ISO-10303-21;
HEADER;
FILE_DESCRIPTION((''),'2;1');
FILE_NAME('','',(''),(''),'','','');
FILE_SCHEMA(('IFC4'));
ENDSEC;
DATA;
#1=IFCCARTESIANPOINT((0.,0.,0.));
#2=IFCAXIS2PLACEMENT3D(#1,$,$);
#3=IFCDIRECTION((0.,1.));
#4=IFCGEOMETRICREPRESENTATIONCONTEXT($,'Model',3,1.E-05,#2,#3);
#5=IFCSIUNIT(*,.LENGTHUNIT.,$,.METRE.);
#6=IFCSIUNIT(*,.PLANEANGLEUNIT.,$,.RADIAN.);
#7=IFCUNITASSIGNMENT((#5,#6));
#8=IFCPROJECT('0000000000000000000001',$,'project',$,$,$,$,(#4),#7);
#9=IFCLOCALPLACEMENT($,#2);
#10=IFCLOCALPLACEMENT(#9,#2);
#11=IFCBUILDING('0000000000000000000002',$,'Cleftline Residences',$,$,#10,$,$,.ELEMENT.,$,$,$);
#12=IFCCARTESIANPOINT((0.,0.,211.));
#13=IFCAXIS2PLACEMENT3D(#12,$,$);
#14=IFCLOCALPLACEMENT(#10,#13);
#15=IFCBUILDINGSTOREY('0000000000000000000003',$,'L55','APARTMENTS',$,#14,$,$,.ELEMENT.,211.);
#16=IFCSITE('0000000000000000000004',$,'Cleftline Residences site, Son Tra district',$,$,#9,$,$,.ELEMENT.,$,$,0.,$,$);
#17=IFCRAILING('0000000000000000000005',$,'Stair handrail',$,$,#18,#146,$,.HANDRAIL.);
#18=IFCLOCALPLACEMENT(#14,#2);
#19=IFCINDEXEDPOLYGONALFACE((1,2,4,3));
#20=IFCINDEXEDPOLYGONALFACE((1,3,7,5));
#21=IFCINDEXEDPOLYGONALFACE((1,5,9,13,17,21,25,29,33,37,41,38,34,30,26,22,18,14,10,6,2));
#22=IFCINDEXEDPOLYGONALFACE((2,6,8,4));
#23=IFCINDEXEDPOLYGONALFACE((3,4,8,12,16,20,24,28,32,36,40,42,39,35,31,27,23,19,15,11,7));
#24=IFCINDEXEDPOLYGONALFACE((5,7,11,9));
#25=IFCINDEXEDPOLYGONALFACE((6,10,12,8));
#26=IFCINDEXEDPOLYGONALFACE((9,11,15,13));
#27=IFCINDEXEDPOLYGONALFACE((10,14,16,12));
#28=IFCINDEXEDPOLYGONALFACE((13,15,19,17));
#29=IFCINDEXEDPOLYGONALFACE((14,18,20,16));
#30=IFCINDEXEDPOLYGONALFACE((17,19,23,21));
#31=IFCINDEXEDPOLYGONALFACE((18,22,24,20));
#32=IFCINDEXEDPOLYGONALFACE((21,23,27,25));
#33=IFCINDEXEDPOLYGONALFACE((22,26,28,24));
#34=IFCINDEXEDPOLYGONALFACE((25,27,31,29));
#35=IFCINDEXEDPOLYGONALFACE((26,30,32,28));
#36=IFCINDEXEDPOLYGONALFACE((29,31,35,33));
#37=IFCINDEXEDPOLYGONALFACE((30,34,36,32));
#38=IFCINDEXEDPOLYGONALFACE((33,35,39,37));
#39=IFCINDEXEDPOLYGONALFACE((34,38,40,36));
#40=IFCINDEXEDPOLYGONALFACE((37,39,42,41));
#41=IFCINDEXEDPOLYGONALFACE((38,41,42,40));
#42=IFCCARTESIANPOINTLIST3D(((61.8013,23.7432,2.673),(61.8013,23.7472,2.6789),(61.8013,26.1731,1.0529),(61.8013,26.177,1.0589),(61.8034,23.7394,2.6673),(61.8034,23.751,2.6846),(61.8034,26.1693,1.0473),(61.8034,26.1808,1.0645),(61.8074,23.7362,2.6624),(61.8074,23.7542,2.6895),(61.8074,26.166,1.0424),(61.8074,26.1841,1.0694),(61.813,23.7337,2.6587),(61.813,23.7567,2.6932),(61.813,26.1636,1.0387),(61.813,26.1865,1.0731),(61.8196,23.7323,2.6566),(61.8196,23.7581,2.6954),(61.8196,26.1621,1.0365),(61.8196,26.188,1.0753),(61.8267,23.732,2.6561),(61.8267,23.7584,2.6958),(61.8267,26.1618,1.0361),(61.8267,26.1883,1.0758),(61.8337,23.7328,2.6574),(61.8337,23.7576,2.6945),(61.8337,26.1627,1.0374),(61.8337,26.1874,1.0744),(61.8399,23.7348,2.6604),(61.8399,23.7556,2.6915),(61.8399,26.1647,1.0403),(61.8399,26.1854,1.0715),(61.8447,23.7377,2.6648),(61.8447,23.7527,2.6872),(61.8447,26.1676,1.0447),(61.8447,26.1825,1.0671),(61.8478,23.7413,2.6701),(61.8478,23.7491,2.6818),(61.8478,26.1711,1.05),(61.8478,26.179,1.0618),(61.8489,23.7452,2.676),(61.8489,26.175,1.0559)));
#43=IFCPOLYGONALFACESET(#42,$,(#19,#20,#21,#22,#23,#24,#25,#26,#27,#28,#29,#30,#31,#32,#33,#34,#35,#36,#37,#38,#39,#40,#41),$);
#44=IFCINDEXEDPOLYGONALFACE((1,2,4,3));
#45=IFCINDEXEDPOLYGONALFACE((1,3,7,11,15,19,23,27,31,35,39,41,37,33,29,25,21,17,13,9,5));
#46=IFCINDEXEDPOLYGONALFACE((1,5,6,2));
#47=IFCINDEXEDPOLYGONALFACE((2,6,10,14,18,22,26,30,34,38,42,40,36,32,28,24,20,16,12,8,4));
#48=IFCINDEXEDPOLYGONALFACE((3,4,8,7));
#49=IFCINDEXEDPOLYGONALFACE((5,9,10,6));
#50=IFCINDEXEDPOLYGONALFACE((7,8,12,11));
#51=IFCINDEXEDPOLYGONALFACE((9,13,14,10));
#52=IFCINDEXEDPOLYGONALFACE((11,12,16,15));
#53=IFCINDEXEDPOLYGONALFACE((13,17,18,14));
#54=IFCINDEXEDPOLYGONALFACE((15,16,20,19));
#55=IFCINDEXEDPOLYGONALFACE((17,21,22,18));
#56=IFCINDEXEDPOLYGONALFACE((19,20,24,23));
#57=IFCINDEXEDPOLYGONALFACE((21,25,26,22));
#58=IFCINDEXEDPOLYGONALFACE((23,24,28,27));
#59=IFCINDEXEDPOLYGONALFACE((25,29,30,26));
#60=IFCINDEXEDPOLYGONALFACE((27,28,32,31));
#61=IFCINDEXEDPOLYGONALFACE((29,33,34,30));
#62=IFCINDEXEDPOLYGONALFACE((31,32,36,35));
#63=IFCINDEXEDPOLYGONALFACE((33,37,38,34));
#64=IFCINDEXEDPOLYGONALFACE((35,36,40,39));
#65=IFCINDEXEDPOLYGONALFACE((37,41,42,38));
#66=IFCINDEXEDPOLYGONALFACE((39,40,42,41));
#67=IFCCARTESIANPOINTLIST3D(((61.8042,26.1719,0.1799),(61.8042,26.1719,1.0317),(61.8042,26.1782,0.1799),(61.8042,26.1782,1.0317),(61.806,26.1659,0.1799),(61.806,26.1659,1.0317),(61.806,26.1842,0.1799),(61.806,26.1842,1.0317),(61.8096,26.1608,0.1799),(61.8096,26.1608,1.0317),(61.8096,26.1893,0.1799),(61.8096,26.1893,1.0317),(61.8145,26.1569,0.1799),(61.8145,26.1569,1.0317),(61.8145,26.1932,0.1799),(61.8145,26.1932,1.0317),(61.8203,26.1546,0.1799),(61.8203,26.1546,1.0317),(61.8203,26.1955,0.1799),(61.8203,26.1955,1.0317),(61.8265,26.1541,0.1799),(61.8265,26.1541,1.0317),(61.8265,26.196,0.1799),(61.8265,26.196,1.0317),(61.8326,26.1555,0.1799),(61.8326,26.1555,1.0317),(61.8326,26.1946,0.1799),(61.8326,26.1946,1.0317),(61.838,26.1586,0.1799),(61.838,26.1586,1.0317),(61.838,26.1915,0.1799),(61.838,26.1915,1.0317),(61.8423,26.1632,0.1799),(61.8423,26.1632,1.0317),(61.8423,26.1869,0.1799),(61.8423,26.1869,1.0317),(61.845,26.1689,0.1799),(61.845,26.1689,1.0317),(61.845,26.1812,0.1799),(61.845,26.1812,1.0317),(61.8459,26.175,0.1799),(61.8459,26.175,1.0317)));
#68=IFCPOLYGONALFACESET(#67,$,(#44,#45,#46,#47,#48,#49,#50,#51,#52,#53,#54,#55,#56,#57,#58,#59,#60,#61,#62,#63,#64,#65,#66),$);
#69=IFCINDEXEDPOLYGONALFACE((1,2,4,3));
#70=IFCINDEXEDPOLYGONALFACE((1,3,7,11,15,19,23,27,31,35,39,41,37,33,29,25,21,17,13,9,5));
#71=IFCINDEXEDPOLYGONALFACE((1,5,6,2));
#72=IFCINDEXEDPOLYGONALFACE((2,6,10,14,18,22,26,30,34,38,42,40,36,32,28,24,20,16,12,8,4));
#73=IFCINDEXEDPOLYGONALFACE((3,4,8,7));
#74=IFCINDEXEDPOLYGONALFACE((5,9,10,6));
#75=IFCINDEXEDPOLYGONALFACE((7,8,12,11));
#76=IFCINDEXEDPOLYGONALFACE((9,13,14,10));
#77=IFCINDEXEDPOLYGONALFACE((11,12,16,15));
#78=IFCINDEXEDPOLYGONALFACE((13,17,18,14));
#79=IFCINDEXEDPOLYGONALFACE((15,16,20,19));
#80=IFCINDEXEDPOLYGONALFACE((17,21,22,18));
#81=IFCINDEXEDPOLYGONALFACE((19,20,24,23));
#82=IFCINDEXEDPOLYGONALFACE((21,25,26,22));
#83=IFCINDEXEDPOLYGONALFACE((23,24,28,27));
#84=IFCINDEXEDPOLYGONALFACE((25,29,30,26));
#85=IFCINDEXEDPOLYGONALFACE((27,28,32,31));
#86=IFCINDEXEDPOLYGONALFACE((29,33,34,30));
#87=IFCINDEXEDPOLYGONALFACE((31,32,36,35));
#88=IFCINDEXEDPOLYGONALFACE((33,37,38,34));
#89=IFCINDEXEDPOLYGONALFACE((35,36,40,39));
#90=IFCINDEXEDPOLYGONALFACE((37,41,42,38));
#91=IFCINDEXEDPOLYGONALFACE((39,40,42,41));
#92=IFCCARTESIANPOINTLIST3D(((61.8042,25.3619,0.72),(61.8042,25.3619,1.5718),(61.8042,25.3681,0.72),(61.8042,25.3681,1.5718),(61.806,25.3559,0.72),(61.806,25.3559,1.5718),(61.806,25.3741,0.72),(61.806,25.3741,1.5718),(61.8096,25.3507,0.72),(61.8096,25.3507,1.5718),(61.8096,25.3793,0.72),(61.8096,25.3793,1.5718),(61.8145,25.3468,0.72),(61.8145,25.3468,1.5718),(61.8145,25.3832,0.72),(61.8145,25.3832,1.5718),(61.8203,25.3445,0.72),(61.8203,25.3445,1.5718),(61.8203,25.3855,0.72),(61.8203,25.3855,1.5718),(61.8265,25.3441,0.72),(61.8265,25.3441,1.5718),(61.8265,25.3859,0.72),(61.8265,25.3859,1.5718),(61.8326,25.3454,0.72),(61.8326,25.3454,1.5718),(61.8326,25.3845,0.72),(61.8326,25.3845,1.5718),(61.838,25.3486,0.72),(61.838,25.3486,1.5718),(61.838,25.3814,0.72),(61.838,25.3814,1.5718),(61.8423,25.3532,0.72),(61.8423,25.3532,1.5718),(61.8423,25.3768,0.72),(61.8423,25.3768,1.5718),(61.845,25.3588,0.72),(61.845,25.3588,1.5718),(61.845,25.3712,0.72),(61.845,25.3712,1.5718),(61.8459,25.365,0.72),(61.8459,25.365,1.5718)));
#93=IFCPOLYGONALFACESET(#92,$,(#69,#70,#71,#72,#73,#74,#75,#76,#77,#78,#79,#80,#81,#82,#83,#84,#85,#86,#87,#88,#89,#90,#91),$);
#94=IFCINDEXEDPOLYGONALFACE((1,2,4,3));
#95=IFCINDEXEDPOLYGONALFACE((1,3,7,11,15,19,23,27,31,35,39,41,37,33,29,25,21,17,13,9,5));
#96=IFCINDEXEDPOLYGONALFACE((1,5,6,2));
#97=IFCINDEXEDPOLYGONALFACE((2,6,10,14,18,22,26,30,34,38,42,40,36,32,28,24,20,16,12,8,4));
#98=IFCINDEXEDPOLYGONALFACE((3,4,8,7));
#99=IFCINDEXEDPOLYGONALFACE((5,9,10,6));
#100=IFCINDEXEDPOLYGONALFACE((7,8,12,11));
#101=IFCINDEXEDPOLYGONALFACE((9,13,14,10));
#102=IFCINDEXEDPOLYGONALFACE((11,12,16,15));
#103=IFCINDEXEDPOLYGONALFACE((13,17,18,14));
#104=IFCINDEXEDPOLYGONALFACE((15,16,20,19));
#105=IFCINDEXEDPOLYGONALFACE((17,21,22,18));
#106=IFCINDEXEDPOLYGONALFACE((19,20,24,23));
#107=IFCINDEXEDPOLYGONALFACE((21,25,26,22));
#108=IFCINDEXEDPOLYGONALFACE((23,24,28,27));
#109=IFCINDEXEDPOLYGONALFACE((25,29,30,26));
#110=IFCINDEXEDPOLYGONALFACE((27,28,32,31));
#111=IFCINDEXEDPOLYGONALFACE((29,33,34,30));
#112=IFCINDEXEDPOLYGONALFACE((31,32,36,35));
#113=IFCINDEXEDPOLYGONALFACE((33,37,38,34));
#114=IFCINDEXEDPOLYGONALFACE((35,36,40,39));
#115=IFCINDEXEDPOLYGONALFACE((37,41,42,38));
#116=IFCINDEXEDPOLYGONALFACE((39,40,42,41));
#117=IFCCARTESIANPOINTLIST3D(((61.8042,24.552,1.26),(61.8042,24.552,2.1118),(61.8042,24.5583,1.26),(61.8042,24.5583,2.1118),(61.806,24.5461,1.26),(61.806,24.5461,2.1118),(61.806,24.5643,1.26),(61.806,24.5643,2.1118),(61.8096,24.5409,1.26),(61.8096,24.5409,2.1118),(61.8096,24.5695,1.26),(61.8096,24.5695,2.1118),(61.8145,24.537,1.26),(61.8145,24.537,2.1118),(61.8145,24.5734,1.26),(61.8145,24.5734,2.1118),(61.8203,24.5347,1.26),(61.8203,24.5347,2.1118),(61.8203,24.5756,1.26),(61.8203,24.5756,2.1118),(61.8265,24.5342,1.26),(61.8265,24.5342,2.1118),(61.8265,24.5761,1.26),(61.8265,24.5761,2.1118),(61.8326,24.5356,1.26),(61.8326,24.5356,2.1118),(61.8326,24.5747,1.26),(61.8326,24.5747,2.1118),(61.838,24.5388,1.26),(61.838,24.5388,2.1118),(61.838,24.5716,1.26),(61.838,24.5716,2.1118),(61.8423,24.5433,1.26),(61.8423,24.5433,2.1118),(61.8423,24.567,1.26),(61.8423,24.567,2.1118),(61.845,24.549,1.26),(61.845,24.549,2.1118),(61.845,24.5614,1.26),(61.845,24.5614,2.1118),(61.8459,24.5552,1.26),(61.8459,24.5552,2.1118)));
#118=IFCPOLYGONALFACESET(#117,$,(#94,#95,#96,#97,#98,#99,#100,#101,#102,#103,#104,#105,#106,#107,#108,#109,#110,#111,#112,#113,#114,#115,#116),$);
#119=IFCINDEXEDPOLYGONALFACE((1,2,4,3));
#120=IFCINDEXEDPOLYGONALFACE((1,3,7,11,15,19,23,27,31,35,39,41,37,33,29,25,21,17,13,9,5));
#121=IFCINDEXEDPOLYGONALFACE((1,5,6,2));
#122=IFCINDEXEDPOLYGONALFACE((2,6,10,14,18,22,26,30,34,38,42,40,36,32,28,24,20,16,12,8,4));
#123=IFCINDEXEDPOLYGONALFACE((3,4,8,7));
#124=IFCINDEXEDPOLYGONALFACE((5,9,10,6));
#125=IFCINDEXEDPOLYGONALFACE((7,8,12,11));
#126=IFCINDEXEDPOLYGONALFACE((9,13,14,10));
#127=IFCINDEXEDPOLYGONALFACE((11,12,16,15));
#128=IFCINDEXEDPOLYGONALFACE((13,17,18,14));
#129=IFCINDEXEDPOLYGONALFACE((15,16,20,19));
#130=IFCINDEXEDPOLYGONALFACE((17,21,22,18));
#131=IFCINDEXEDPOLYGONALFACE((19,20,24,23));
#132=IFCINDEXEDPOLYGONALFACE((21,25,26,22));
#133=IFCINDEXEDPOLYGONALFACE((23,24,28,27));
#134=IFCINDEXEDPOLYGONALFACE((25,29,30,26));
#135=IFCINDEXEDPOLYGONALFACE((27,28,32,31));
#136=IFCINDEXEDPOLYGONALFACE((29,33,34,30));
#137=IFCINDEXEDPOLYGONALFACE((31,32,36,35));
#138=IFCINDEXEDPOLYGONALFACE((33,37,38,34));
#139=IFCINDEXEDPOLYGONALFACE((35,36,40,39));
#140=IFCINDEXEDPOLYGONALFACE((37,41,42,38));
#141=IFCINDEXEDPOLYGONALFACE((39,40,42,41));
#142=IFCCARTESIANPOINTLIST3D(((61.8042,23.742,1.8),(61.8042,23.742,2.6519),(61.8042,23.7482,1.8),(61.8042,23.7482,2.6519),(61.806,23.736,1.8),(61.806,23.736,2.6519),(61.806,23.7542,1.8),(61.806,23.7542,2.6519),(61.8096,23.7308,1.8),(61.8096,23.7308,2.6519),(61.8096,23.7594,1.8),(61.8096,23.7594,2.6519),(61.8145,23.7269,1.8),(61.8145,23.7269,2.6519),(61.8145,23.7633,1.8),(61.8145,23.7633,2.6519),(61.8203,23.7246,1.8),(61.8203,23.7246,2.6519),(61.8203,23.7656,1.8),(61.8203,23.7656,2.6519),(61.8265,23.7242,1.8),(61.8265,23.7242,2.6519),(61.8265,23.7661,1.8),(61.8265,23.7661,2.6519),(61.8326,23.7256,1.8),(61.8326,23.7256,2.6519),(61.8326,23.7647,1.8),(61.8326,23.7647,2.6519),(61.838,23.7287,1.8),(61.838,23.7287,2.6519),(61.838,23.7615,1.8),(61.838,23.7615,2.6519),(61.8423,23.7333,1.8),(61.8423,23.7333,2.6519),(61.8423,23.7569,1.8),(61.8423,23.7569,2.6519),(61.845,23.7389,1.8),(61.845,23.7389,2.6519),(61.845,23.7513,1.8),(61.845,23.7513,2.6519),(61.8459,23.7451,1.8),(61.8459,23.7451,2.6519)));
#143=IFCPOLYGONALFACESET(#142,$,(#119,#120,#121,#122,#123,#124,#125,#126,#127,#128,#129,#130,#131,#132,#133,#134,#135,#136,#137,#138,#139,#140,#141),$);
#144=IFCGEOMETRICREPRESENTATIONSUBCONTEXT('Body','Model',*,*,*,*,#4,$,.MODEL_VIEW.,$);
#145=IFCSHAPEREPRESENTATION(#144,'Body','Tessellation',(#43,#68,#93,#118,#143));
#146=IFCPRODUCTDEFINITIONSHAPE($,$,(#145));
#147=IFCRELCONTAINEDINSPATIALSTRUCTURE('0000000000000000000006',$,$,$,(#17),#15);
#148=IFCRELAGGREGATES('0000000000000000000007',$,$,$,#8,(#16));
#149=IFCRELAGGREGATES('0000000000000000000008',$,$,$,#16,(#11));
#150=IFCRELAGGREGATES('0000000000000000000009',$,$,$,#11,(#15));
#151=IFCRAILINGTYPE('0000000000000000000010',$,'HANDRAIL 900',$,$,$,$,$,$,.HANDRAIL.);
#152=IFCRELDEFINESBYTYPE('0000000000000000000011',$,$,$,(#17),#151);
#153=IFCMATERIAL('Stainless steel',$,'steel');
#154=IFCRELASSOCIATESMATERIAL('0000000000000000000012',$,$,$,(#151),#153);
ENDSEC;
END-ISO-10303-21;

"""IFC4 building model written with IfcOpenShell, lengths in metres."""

from ifc_helpers import new_model, si_unit, direction, frame, origin, origin_2d, place, context, subcontext, project, spatial, circle, extrude, material, type_object, element, save


model = new_model("IFC4")

# Units and contexts
model_context = context("Model", 3, precision=1e-05, world=origin(), true_north=direction((0.0, 1.0)))
body_context = subcontext(model_context, "Body", "Model", "MODEL_VIEW")
ifc_project = project(units=[si_unit("LENGTHUNIT", "METRE"), si_unit("PLANEANGLEUNIT", "RADIAN")], contexts=[model_context])

# Site, building, storey
site_placement = place(None, origin())
site = spatial("IfcSite", under=ifc_project, at=site_placement, Name="Cleftline Residences site, Son Tra district", CompositionType="ELEMENT", RefElevation=0.0)
building_placement = place(site_placement, origin())
building = spatial("IfcBuilding", under=site, at=building_placement, Name="Cleftline Residences", CompositionType="ELEMENT")
storey_placement = place(building_placement, frame((0.0, 0.0, 211.0)))
storey = spatial("IfcBuildingStorey", under=building, at=storey_placement, Name="L55", Description="APARTMENTS", CompositionType="ELEMENT", Elevation=211.0)

# Railing
ifc_material_1 = material(Name="Stainless steel", Category="steel")
railing_type = type_object("IfcRailingType", Name="HANDRAIL 900", PredefinedType="HANDRAIL", material=ifc_material_1)
railing_placement = place(storey_placement, frame((61.825, 26.175, 0.1799)))
element("IfcRailing", 1, at=railing_placement, inside=storey, type_object=railing_type, Name="Stair handrail", PredefinedType="HANDRAIL", context=body_context, shape_type="SweptSolid", body=[
    extrude(circle(Radius=0.0239, at=origin_2d()), frame((0.0, 0.0, 0.876), z_axis=(0.0, -0.832025, 0.554739), x_axis=(1.0, 0.0, 0.0)), (0.0, 0.0, 1.0), 2.9204),
    extrude(circle(Radius=0.021, at=origin_2d()), origin(), (0.0, 0.0, 1.0), 0.8518),
    extrude(circle(Radius=0.021, at=origin_2d()), frame((0.0, -0.8101, 0.54)), (0.0, 0.0, 1.0), 0.8518),
    extrude(circle(Radius=0.021, at=origin_2d()), frame((0.0, -1.6199, 1.0801)), (0.0, 0.0, 1.0), 0.8518),
    extrude(circle(Radius=0.021, at=origin_2d()), frame((0.0, -2.4299, 1.6201)), (0.0, 0.0, 1.0), 0.8518),
])

save(model, "model.ifc")
